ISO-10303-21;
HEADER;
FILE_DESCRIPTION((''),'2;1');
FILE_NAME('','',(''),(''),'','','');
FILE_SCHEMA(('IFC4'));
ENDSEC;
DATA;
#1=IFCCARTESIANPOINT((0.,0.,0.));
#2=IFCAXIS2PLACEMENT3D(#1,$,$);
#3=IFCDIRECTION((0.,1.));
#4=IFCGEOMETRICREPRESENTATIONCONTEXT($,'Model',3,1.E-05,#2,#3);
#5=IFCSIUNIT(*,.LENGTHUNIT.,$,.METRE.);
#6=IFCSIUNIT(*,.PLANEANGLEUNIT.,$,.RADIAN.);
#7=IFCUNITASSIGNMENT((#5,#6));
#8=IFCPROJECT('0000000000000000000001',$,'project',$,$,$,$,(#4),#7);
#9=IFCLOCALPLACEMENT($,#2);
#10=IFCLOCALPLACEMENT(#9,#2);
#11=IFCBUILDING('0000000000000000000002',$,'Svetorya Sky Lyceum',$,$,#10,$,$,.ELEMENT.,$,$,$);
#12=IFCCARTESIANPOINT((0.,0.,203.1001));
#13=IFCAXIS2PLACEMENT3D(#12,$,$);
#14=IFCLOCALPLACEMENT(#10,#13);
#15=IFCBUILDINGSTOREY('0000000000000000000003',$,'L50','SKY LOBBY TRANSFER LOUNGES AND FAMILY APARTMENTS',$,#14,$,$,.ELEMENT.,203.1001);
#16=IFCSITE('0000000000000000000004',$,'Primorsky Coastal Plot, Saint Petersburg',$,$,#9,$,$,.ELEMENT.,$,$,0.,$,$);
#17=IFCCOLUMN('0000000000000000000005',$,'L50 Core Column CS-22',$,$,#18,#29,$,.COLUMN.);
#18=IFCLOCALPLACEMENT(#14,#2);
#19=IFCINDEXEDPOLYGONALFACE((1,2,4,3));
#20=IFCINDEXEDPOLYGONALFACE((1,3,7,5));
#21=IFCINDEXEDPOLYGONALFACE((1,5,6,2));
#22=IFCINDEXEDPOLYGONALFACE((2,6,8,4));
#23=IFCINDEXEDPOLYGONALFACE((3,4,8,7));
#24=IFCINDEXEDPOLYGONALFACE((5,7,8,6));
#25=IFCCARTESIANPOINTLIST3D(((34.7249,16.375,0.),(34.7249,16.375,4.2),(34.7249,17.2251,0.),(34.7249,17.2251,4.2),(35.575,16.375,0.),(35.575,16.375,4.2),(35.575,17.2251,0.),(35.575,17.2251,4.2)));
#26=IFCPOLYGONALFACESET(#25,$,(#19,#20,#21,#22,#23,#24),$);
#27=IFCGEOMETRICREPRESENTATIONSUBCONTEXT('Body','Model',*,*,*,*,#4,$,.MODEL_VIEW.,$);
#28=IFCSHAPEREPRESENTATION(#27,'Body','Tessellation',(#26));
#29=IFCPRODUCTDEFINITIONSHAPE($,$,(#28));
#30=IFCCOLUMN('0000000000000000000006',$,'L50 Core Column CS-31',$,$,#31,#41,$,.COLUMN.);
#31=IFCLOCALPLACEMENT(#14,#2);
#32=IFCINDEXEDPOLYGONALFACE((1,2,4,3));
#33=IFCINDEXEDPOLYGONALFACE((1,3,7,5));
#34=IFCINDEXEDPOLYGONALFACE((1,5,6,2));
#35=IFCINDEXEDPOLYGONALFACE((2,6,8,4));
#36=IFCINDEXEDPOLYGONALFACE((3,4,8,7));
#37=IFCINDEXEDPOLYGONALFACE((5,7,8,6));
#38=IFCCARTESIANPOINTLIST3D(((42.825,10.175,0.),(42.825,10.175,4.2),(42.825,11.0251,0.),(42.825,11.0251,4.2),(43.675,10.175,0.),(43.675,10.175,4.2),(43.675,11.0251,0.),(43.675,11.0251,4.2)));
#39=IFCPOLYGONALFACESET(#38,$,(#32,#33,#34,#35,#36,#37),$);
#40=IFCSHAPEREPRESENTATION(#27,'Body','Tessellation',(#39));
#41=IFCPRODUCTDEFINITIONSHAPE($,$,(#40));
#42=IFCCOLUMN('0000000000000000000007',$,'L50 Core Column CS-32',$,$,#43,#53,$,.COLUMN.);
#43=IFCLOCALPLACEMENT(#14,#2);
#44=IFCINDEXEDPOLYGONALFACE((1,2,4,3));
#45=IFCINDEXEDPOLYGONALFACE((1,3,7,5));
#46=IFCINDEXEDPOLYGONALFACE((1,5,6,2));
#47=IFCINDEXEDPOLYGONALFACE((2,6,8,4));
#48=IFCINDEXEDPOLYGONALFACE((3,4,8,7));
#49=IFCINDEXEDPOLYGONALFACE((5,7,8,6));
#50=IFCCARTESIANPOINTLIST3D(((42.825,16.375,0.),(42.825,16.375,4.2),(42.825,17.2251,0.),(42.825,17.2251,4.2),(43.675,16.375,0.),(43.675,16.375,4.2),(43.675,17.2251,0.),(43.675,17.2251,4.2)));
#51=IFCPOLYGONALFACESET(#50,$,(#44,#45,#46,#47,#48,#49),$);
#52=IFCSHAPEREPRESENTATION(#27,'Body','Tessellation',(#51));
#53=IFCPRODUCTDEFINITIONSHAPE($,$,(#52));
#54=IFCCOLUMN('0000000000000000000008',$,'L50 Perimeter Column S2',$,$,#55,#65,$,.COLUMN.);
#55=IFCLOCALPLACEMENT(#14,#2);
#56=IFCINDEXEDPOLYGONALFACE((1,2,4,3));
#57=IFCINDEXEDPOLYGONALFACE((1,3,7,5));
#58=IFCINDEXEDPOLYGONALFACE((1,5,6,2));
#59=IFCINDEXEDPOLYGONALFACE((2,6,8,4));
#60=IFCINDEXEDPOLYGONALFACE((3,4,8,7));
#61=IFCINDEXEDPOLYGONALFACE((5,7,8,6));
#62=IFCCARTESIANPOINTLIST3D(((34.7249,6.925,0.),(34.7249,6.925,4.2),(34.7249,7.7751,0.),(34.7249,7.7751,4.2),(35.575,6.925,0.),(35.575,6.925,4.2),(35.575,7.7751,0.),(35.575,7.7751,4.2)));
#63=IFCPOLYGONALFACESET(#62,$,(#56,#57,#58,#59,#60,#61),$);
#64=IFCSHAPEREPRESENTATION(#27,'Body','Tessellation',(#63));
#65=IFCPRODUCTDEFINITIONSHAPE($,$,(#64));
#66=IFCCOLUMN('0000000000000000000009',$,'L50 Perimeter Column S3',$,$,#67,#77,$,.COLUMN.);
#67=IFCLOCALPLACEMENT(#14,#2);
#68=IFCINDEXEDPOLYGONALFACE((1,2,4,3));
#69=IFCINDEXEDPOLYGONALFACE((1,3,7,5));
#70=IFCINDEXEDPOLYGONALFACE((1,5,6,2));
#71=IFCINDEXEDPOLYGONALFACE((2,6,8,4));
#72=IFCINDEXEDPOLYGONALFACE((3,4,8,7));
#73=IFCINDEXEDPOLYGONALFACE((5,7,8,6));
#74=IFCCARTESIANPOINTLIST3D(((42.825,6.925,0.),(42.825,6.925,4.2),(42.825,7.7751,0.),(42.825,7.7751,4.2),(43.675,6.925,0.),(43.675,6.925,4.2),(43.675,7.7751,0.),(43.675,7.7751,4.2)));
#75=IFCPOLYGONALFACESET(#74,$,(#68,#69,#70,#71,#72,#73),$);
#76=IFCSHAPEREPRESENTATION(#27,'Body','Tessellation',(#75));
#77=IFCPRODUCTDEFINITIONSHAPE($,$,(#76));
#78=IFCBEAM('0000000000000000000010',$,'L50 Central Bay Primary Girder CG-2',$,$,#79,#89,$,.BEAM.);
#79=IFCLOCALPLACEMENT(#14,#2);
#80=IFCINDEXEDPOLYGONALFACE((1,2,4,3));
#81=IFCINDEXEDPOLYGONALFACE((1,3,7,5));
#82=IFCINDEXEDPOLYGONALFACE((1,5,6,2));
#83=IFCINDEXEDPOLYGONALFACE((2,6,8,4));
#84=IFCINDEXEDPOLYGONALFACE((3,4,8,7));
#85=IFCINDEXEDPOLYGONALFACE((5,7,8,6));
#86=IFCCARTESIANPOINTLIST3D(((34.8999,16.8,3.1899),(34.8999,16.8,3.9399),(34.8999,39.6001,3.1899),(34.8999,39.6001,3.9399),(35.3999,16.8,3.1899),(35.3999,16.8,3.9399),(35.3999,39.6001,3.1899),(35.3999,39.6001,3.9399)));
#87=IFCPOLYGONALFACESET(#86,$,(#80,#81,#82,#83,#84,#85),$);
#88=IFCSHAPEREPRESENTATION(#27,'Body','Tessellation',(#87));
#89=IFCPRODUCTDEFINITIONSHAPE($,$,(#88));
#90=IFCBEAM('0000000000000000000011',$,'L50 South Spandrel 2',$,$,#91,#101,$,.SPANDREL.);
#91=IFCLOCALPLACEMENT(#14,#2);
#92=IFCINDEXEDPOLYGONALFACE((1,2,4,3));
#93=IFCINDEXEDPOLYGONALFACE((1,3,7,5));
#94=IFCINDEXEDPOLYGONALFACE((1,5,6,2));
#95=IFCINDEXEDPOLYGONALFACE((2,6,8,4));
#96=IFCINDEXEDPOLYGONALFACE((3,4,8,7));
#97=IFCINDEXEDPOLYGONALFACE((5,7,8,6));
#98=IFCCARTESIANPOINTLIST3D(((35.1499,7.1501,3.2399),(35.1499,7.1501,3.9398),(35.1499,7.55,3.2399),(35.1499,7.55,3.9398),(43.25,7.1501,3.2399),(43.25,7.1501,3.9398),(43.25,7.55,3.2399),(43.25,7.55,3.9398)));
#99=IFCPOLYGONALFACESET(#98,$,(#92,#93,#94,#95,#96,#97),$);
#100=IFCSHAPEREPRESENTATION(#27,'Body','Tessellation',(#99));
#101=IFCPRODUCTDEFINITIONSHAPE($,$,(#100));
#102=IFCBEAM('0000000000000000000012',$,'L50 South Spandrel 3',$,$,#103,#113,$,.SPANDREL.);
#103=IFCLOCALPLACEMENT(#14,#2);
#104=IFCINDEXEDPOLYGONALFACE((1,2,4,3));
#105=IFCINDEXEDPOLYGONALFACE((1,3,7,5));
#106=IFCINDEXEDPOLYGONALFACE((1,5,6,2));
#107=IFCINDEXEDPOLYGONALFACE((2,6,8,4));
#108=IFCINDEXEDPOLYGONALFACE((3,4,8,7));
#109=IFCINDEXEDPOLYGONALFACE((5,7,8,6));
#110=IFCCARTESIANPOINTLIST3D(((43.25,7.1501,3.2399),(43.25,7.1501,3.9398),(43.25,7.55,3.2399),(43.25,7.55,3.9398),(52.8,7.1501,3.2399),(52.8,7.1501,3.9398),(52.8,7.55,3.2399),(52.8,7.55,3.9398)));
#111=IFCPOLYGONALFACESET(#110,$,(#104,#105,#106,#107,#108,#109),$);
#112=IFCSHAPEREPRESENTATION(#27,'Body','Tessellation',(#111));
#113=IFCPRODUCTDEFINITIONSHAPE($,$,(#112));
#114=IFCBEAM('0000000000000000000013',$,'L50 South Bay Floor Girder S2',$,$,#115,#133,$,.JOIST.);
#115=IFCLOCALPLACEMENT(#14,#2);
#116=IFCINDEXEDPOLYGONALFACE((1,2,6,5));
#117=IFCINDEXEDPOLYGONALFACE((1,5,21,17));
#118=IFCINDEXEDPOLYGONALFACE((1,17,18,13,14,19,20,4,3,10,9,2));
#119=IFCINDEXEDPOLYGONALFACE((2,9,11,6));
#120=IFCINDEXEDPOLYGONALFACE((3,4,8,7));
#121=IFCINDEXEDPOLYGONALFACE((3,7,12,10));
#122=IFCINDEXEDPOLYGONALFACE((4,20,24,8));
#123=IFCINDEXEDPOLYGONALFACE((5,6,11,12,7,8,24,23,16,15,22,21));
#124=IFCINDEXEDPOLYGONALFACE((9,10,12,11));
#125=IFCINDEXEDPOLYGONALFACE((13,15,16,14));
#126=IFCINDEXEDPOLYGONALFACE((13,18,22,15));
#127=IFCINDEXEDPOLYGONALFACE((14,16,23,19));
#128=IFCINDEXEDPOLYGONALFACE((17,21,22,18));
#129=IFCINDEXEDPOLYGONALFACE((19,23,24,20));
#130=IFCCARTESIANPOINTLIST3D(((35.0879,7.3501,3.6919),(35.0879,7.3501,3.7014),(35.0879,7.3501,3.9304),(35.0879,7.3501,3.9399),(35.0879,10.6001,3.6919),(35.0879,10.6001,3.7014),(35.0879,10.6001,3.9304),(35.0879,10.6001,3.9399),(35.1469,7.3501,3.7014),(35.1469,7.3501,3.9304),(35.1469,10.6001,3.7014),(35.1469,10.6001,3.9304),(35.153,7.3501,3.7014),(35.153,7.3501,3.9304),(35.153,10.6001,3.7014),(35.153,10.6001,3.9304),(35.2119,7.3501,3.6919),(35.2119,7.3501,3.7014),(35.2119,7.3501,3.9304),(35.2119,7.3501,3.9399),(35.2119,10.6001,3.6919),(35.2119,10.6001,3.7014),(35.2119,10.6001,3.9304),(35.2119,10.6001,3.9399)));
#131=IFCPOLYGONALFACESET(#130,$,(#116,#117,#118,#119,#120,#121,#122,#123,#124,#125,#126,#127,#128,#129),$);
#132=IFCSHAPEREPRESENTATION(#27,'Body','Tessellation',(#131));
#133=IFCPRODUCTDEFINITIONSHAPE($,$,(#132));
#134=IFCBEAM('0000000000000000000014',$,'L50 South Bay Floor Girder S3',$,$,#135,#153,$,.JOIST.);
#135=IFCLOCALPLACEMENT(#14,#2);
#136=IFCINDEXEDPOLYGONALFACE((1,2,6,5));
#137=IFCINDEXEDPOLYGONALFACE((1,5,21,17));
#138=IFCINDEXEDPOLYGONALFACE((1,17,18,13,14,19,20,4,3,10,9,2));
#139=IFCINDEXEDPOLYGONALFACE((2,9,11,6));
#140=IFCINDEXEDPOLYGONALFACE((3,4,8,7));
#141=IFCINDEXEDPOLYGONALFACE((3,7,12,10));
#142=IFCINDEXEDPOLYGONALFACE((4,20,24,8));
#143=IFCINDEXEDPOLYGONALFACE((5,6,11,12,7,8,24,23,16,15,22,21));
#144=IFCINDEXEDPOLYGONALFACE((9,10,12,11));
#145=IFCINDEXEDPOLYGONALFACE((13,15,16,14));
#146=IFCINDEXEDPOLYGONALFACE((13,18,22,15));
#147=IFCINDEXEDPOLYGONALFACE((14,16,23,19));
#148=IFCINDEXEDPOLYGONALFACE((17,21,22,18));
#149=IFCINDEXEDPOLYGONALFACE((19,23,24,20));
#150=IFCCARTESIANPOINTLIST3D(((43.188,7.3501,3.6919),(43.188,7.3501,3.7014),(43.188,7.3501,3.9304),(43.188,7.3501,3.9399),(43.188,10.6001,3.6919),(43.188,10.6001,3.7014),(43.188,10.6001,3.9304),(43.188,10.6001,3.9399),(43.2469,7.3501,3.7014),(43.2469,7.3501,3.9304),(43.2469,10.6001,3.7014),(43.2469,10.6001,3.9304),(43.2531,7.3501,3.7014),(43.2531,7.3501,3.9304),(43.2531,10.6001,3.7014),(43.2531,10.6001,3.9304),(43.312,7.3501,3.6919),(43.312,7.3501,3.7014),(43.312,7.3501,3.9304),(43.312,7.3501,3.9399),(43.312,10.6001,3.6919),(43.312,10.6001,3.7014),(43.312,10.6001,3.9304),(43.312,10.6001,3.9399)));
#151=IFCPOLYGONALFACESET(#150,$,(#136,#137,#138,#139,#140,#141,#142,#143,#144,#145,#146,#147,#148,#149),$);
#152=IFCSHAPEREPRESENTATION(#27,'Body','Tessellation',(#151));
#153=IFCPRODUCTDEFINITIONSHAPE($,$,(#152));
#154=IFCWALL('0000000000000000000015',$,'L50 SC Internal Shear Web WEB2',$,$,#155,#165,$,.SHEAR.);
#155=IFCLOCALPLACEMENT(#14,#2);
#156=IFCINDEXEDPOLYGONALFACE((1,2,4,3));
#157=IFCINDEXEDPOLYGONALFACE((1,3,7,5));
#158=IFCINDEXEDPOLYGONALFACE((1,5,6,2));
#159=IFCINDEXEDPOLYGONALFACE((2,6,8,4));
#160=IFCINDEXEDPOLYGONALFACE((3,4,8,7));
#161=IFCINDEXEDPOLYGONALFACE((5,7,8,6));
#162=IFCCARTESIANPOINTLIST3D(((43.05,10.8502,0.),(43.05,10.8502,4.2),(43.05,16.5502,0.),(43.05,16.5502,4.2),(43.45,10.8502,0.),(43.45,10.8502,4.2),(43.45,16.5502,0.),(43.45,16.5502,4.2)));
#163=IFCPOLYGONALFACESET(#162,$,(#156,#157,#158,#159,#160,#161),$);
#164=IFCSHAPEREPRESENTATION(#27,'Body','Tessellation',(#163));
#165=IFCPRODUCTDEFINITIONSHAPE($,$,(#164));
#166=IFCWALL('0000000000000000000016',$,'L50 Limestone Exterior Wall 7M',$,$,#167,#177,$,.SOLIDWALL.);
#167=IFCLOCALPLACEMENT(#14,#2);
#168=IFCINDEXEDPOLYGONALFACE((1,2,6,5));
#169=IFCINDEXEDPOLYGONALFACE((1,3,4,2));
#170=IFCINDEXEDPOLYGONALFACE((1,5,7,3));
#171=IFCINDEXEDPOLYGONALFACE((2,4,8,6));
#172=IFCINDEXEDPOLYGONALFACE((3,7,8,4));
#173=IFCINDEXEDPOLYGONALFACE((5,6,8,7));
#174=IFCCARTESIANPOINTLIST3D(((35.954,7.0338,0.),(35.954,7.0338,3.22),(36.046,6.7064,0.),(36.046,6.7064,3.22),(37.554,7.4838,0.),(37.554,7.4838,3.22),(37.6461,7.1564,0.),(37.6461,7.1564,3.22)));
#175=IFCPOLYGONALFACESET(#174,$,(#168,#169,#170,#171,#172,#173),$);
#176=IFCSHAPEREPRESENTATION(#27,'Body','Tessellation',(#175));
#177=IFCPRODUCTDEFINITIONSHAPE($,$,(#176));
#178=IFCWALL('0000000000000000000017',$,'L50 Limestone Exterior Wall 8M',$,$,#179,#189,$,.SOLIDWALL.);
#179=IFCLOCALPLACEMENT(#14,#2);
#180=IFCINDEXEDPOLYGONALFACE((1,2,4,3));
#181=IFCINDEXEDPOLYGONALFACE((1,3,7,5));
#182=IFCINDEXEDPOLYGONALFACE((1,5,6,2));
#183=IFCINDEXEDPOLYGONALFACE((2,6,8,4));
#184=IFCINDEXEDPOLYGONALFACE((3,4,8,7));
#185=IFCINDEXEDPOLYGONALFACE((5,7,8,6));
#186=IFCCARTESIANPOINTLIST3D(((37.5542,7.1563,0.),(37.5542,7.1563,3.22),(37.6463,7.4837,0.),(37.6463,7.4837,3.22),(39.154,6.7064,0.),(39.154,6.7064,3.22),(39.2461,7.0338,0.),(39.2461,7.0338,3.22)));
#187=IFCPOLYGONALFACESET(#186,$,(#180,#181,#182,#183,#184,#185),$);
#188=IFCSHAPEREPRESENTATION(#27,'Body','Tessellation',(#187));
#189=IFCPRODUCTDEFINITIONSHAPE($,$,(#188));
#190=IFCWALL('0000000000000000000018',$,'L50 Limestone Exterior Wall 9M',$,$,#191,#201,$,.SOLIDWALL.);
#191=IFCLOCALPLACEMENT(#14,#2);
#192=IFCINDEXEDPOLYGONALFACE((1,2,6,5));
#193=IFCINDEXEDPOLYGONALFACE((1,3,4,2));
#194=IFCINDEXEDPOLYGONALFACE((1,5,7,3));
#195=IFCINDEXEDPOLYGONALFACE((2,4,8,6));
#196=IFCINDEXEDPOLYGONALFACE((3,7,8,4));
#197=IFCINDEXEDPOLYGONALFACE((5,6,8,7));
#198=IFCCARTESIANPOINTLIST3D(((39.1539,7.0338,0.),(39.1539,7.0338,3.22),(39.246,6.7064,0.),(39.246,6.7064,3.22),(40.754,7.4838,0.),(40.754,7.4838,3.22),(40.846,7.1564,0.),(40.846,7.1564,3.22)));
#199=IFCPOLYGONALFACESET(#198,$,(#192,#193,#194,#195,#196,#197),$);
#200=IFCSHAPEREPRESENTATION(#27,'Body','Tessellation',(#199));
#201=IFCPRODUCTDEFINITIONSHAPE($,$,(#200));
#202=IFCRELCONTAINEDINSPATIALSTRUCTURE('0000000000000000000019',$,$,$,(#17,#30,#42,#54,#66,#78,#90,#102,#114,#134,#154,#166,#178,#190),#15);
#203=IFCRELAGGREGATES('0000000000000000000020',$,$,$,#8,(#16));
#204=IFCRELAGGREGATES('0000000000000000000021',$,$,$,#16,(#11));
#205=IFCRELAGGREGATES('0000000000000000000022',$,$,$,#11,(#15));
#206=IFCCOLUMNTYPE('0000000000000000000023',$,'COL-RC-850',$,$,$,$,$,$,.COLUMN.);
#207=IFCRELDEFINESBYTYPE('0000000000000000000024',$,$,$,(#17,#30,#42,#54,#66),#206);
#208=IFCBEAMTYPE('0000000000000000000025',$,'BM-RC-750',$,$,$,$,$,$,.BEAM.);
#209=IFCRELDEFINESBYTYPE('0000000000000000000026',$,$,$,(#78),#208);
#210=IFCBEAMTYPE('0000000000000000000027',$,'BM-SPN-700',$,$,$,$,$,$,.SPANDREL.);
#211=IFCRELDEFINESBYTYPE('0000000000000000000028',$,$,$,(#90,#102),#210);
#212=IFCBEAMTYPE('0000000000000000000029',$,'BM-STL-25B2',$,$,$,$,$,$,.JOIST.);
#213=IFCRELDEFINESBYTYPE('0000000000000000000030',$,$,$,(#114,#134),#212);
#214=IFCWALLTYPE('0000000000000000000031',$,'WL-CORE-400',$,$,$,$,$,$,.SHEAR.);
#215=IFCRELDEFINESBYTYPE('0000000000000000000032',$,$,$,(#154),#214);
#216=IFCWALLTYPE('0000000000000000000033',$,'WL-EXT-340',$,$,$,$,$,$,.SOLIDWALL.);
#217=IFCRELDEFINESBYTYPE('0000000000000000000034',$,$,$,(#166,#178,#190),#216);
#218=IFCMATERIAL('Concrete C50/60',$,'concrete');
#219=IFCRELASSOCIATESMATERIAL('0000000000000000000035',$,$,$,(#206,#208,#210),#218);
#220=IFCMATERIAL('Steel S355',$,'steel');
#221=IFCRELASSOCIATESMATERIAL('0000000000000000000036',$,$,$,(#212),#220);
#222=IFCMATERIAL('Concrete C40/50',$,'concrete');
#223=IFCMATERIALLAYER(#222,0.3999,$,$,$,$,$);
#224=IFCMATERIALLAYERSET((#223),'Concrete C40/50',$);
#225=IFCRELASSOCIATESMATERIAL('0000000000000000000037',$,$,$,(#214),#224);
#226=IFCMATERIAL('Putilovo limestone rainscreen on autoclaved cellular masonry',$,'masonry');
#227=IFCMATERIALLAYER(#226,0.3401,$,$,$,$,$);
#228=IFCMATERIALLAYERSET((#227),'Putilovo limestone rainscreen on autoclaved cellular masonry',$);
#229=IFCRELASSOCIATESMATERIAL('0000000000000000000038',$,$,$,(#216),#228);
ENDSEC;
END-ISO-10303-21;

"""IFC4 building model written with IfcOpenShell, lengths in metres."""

from ifc_helpers import new_model, si_unit, direction, frame, frame_2d, origin, origin_2d, place, context, subcontext, project, spatial, rectangle, i_section, extrude, material, layer, layer_set, material_profile, profile_set, type_object, element, save


model = new_model("IFC4")

# Units and contexts
model_context = context("Model", 3, precision=1e-05, world=origin(), true_north=direction((0.0, 1.0)))
body_context = subcontext(model_context, "Body", "Model", "MODEL_VIEW")
ifc_project = project(units=[si_unit("LENGTHUNIT", "METRE"), si_unit("PLANEANGLEUNIT", "RADIAN")], contexts=[model_context])

# Site, building, storey
site_placement = place(None, origin())
site = spatial("IfcSite", under=ifc_project, at=site_placement, Name="Primorsky Coastal Plot, Saint Petersburg", CompositionType="ELEMENT", RefElevation=0.0)
building_placement = place(site_placement, origin())
building = spatial("IfcBuilding", under=site, at=building_placement, Name="Svetorya Sky Lyceum", CompositionType="ELEMENT")
storey_placement = place(building_placement, frame((0.0, 0.0, 203.1001)))
storey = spatial("IfcBuildingStorey", under=building, at=storey_placement, Name="L50", Description="SKY LOBBY TRANSFER LOUNGES AND FAMILY APARTMENTS", CompositionType="ELEMENT", Elevation=203.1001)

# Columns
ifc_material_1 = material(Name="Concrete C50/60", Category="concrete")
ifc_material_profile_1 = material_profile(ifc_material_1, rectangle(XDim=0.8501, YDim=0.8501, at=origin_2d()), Name="RC COL 850x850")
ifc_profile_set_1 = profile_set([ifc_material_profile_1], Name="Concrete C50/60")
column_type = type_object("IfcColumnType", Name="COL-RC-850", PredefinedType="COLUMN", material=ifc_profile_set_1)
for number, where, z_axis, x_axis, name in (
    (1, (35.1499, 16.8, 0.0), (0.0, 0.0, 1.0), (1.0, 0.0, 0.0), "L50 Core Column CS-22"),
    (2, (43.25, 10.6001, 0.0), (0.0, 0.0, 1.0), (1.0, 0.0, 0.0), "L50 Core Column CS-31"),
    (3, (43.25, 16.8, 0.0), (0.0, 0.0, 1.0), (1.0, 0.0, 0.0), "L50 Core Column CS-32"),
    (4, (35.1499, 7.3501, 0.0), (0.0, 0.0, 1.0), (1.0, 0.0, 0.0), "L50 Perimeter Column S2"),
    (5, (43.25, 7.3501, 0.0), (0.0, 0.0, 1.0), (1.0, 0.0, 0.0), "L50 Perimeter Column S3"),
):
    element("IfcColumn", number, at=place(storey_placement, frame(where, z_axis=z_axis, x_axis=x_axis)), inside=storey, type_object=column_type, Name=name, PredefinedType="COLUMN", context=body_context, shape_type="SweptSolid", body=[
        extrude(rectangle(XDim=0.8501, YDim=0.8501, at=origin_2d()), origin(), (0.0, 0.0, 1.0), 4.2),
    ])

# Beams
ifc_material_profile_2 = material_profile(ifc_material_1, rectangle(XDim=0.5, YDim=0.75, at=origin_2d()), Name="RC BEAM 500x750")
ifc_profile_set_2 = profile_set([ifc_material_profile_2], Name="Concrete C50/60")
beam_type_1 = type_object("IfcBeamType", Name="BM-RC-750", PredefinedType="BEAM", material=ifc_profile_set_2)
beam_1_placement = place(storey_placement, frame((35.1499, 16.8, 3.5649), z_axis=(0.0, 1.0, 0.0), x_axis=(-1.0, 0.0, 0.0)))
element("IfcBeam", 6, at=beam_1_placement, inside=storey, type_object=beam_type_1, Name="L50 Central Bay Primary Girder CG-2", PredefinedType="BEAM", context=body_context, shape_type="SweptSolid", body=[
    extrude(rectangle(XDim=0.5, YDim=0.75, at=origin_2d()), origin(), (0.0, 0.0, 1.0), 22.8),
])
ifc_material_profile_3 = material_profile(ifc_material_1, rectangle(XDim=0.3999, YDim=0.7, at=origin_2d()), Name="RC SPANDREL 400x700")
ifc_profile_set_3 = profile_set([ifc_material_profile_3], Name="Concrete C50/60")
beam_type_2 = type_object("IfcBeamType", Name="BM-SPN-700", PredefinedType="SPANDREL", material=ifc_profile_set_3)
beam_2_placement = place(storey_placement, frame((35.1499, 7.3501, 3.5898), z_axis=(1.0, 0.0, 0.0), x_axis=(0.0, 1.0, 0.0)))
element("IfcBeam", 7, at=beam_2_placement, inside=storey, type_object=beam_type_2, Name="L50 South Spandrel 2", PredefinedType="SPANDREL", context=body_context, shape_type="SweptSolid", body=[
    extrude(rectangle(XDim=0.3999, YDim=0.7, at=origin_2d()), origin(), (0.0, 0.0, 1.0), 8.1001),
])
beam_3_placement = place(storey_placement, frame((43.25, 7.3501, 3.5898), z_axis=(1.0, 0.0, 0.0), x_axis=(0.0, 1.0, 0.0)))
element("IfcBeam", 8, at=beam_3_placement, inside=storey, type_object=beam_type_2, Name="L50 South Spandrel 3", PredefinedType="SPANDREL", context=body_context, shape_type="SweptSolid", body=[
    extrude(rectangle(XDim=0.3999, YDim=0.7, at=origin_2d()), origin(), (0.0, 0.0, 1.0), 9.55),
])
ifc_material_2 = material(Name="Steel S355", Category="steel")
ifc_material_profile_4 = material_profile(ifc_material_2, i_section(OverallWidth=0.124, OverallDepth=0.248, WebThickness=0.0061, FlangeThickness=0.0095, at=origin_2d()), Name="GOST 25B2")
ifc_profile_set_4 = profile_set([ifc_material_profile_4], Name="Steel S355")
beam_type_3 = type_object("IfcBeamType", Name="BM-STL-25B2", PredefinedType="JOIST", material=ifc_profile_set_4)
for number, where, z_axis, x_axis, name in (
    (9, (35.1499, 7.3501, 3.8159), (0.0, 1.0, 0.0), (-1.0, 0.0, 0.0), "L50 South Bay Floor Girder S2"),
    (10, (43.25, 7.3501, 3.8159), (0.0, 1.0, 0.0), (-1.0, 0.0, 0.0), "L50 South Bay Floor Girder S3"),
):
    element("IfcBeam", number, at=place(storey_placement, frame(where, z_axis=z_axis, x_axis=x_axis)), inside=storey, type_object=beam_type_3, Name=name, PredefinedType="JOIST", context=body_context, shape_type="SweptSolid", body=[
        extrude(i_section(OverallWidth=0.124, OverallDepth=0.248, WebThickness=0.0061, FlangeThickness=0.0095, at=origin_2d()), origin(), (0.0, 0.0, 1.0), 3.25),
    ])

# Walls
ifc_material_3 = material(Name="Concrete C40/50", Category="concrete")
ifc_layer_1 = layer(ifc_material_3, 0.3999)
ifc_layer_set_1 = layer_set([ifc_layer_1], Name="Concrete C40/50")
wall_type_1 = type_object("IfcWallType", Name="WL-CORE-400", PredefinedType="SHEAR", material=ifc_layer_set_1)
wall_1_placement = place(storey_placement, frame((43.25, 10.8501, 0.0), z_axis=(0.0, 0.0, 1.0), x_axis=(0.0, 1.0, 0.0)))
element("IfcWall", 11, at=wall_1_placement, inside=storey, type_object=wall_type_1, Name="L50 SC Internal Shear Web WEB2", PredefinedType="SHEAR", context=body_context, shape_type="SweptSolid", body=[
    extrude(rectangle(XDim=5.7, YDim=0.3999, at=frame_2d((2.8501, 0.0))), origin(), (0.0, 0.0, 1.0), 4.2),
])
ifc_material_4 = material(Name="Putilovo limestone rainscreen on autoclaved cellular masonry", Category="masonry")
ifc_layer_2 = layer(ifc_material_4, 0.3401)
ifc_layer_set_2 = layer_set([ifc_layer_2], Name="Putilovo limestone rainscreen on autoclaved cellular masonry")
wall_type_2 = type_object("IfcWallType", Name="WL-EXT-340", PredefinedType="SOLIDWALL", material=ifc_layer_set_2)
wall_2_placement = place(storey_placement, frame((36.0, 6.8701, 0.0), z_axis=(0.0, 0.0, 1.0), x_axis=(0.962663, 0.270703, 0.0)))
element("IfcWall", 12, at=wall_2_placement, inside=storey, type_object=wall_type_2, Name="L50 Limestone Exterior Wall 7M", PredefinedType="SOLIDWALL", context=body_context, shape_type="SweptSolid", body=[
    extrude(rectangle(XDim=1.6621, YDim=0.3401, at=frame_2d((0.8311, 0.0))), origin(), (0.0, 0.0, 1.0), 3.22),
])
wall_3_placement = place(storey_placement, frame((37.6001, 7.3201, 0.0), z_axis=(0.0, 0.0, 1.0), x_axis=(0.962652, -0.270741, 0.0)))
element("IfcWall", 13, at=wall_3_placement, inside=storey, type_object=wall_type_2, Name="L50 Limestone Exterior Wall 8M", PredefinedType="SOLIDWALL", context=body_context, shape_type="SweptSolid", body=[
    extrude(rectangle(XDim=1.6619, YDim=0.3401, at=frame_2d((0.8311, 0.0))), origin(), (0.0, 0.0, 1.0), 3.22),
])
wall_4_placement = place(storey_placement, frame((39.2, 6.8701, 0.0), z_axis=(0.0, 0.0, 1.0), x_axis=(0.962663, 0.270703, 0.0)))
element("IfcWall", 14, at=wall_4_placement, inside=storey, type_object=wall_type_2, Name="L50 Limestone Exterior Wall 9M", PredefinedType="SOLIDWALL", context=body_context, shape_type="SweptSolid", body=[
    extrude(rectangle(XDim=1.6621, YDim=0.3401, at=frame_2d((0.8311, 0.0))), origin(), (0.0, 0.0, 1.0), 3.22),
])

save(model, "model.ifc")
